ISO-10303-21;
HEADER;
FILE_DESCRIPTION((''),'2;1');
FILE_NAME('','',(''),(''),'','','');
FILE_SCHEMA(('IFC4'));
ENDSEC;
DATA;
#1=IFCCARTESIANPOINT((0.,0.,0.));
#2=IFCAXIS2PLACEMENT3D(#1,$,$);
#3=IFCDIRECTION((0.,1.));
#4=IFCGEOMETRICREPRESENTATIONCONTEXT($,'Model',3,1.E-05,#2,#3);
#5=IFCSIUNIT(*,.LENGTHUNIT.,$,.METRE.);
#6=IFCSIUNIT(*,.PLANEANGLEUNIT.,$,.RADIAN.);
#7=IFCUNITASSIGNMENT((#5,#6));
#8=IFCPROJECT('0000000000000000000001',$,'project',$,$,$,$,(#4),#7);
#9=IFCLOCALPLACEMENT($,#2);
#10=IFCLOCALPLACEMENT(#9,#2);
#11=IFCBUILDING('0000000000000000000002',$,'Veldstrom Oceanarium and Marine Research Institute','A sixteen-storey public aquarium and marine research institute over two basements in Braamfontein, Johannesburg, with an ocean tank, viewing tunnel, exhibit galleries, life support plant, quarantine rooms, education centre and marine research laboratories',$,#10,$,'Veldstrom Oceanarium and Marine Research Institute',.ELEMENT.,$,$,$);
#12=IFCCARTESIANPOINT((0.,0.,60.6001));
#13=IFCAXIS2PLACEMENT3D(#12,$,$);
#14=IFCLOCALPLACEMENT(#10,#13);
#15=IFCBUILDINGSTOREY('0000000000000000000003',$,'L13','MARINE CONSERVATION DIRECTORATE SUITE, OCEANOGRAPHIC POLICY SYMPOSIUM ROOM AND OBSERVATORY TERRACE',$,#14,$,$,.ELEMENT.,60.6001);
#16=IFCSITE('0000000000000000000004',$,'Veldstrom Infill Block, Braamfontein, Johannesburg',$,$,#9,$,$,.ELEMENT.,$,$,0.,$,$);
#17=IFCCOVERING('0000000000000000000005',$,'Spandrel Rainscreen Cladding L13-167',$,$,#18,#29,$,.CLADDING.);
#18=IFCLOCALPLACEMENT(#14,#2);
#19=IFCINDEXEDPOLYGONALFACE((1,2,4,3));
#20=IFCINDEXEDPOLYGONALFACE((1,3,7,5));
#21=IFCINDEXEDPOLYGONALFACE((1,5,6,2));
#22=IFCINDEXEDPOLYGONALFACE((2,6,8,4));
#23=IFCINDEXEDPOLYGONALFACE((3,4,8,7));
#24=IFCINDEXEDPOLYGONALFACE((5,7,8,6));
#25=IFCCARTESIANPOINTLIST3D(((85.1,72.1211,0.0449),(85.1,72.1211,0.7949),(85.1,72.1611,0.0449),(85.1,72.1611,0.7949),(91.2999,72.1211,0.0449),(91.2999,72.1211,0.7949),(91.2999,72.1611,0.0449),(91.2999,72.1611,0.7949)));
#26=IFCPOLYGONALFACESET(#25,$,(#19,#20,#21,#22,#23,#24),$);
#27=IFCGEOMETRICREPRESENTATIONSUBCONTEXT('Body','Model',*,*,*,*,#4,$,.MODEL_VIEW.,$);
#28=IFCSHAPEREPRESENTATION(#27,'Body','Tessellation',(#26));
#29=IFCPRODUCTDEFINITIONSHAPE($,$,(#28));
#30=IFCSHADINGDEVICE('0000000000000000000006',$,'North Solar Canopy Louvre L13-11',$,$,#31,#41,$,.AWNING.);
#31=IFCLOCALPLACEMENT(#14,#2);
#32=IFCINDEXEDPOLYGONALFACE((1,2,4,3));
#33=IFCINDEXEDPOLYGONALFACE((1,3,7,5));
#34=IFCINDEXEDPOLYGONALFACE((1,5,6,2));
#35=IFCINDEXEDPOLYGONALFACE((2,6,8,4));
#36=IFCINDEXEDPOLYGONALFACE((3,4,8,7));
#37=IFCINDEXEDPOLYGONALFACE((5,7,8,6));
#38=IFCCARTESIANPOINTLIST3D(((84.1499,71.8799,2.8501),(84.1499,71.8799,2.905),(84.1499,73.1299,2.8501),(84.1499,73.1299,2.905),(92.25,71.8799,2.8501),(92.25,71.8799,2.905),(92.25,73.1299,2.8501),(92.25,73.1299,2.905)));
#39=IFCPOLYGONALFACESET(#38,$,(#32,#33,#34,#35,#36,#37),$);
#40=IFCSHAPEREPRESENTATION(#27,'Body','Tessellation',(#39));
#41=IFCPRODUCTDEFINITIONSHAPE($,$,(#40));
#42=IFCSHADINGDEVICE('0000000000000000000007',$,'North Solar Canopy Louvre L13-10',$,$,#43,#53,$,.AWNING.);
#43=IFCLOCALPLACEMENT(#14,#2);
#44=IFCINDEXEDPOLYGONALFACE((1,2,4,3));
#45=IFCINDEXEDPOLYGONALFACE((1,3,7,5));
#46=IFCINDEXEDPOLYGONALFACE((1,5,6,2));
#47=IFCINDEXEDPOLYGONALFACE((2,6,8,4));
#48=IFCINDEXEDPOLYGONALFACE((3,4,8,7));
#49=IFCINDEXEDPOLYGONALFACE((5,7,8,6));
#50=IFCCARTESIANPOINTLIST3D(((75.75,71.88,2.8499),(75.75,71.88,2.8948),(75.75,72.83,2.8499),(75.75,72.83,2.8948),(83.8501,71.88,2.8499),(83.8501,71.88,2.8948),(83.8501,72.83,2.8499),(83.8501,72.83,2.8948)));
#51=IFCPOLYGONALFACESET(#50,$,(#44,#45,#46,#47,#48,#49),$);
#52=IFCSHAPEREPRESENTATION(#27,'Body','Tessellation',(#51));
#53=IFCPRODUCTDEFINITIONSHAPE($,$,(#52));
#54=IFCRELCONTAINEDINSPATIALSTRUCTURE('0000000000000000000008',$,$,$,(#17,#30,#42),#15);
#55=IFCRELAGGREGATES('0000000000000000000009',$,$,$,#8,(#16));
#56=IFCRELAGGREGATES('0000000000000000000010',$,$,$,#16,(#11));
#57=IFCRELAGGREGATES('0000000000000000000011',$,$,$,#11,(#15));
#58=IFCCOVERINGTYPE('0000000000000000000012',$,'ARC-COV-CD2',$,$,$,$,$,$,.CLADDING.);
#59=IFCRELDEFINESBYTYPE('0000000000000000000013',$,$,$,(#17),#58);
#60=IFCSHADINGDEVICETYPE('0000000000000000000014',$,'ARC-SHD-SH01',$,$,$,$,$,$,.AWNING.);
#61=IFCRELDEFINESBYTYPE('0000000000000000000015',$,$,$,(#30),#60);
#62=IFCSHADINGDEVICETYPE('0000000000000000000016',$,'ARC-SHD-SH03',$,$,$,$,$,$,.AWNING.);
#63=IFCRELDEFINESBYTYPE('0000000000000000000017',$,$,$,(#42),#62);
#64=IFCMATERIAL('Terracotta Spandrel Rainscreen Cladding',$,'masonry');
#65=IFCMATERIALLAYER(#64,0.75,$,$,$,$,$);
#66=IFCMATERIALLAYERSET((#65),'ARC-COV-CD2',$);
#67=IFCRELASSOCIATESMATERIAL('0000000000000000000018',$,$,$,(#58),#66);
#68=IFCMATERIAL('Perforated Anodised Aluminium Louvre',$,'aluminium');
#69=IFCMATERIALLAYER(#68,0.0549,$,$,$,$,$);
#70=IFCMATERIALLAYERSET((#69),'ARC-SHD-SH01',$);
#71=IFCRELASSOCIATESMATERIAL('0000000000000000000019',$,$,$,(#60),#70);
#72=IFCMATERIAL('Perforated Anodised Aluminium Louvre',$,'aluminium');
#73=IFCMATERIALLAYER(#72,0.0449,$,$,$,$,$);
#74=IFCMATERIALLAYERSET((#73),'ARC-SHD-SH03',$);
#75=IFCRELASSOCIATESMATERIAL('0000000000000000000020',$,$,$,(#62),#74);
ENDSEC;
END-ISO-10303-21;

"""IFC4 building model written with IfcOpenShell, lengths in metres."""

from ifc_helpers import new_model, si_unit, direction, frame, origin, origin_2d, place, context, subcontext, project, spatial, rectangle, extrude, material, layer, layer_set, type_object, element, save


model = new_model("IFC4")

# Units and contexts
model_context = context("Model", 3, precision=1e-05, world=origin(), true_north=direction((0.0, 1.0)))
body_context = subcontext(model_context, "Body", "Model", "MODEL_VIEW")
ifc_project = project(units=[si_unit("LENGTHUNIT", "METRE"), si_unit("PLANEANGLEUNIT", "RADIAN")], contexts=[model_context])

# Site, building, storey
site_placement = place(None, origin())
site = spatial("IfcSite", under=ifc_project, at=site_placement, Name="Veldstrom Infill Block, Braamfontein, Johannesburg", CompositionType="ELEMENT", RefElevation=0.0)
building_placement = place(site_placement, origin())
building = spatial("IfcBuilding", under=site, at=building_placement, Name="Veldstrom Oceanarium and Marine Research Institute", Description="A sixteen-storey public aquarium and marine research institute over two basements in Braamfontein, Johannesburg, with an ocean tank, viewing tunnel, exhibit galleries, life support plant, quarantine rooms, education centre and marine research laboratories", LongName="Veldstrom Oceanarium and Marine Research Institute", CompositionType="ELEMENT")
storey_placement = place(building_placement, frame((0.0, 0.0, 60.6001)))
storey = spatial("IfcBuildingStorey", under=building, at=storey_placement, Name="L13", Description="MARINE CONSERVATION DIRECTORATE SUITE, OCEANOGRAPHIC POLICY SYMPOSIUM ROOM AND OBSERVATORY TERRACE", CompositionType="ELEMENT", Elevation=60.6001)

# Covering
ifc_material_1 = material(Name="Terracotta Spandrel Rainscreen Cladding", Category="masonry")
ifc_layer_1 = layer(ifc_material_1, 0.75)
ifc_layer_set_1 = layer_set([ifc_layer_1], Name="ARC-COV-CD2")
covering_type_1 = type_object("IfcCoveringType", Name="ARC-COV-CD2", PredefinedType="CLADDING", material=ifc_layer_set_1)
covering_1_placement = place(storey_placement, frame((88.2, 72.1411, 0.0449), z_axis=(0.0, 0.0, 1.0), x_axis=(1.0, 0.0, 0.0)))
element("IfcCovering", 1, at=covering_1_placement, inside=storey, type_object=covering_type_1, Name="Spandrel Rainscreen Cladding L13-167", PredefinedType="CLADDING", context=body_context, shape_type="SweptSolid", body=[
    extrude(rectangle(XDim=6.2, YDim=0.04, at=origin_2d()), origin(), (0.0, 0.0, 1.0), 0.75),
])

# Shading devices
ifc_material_2 = material(Name="Perforated Anodised Aluminium Louvre", Category="aluminium")
ifc_layer_2 = layer(ifc_material_2, 0.0549)
ifc_layer_set_2 = layer_set([ifc_layer_2], Name="ARC-SHD-SH01")
shading_device_type_1 = type_object("IfcShadingDeviceType", Name="ARC-SHD-SH01", PredefinedType="AWNING", material=ifc_layer_set_2)
shading_device_1_placement = place(storey_placement, frame((88.2, 72.5049, 2.8501), z_axis=(0.0, 0.0, 1.0), x_axis=(1.0, 0.0, 0.0)))
element("IfcShadingDevice", 2, at=shading_device_1_placement, inside=storey, type_object=shading_device_type_1, Name="North Solar Canopy Louvre L13-11", PredefinedType="AWNING", context=body_context, shape_type="SweptSolid", body=[
    extrude(rectangle(XDim=8.1001, YDim=1.25, at=origin_2d()), origin(), (0.0, 0.0, 1.0), 0.0549),
])
ifc_material_3 = material(Name="Perforated Anodised Aluminium Louvre", Category="aluminium")
ifc_layer_3 = layer(ifc_material_3, 0.0449)
ifc_layer_set_3 = layer_set([ifc_layer_3], Name="ARC-SHD-SH03")
shading_device_type_2 = type_object("IfcShadingDeviceType", Name="ARC-SHD-SH03", PredefinedType="AWNING", material=ifc_layer_set_3)
shading_device_2_placement = place(storey_placement, frame((79.8, 72.355, 2.8499), z_axis=(0.0, 0.0, 1.0), x_axis=(1.0, 0.0, 0.0)))
element("IfcShadingDevice", 3, at=shading_device_2_placement, inside=storey, type_object=shading_device_type_2, Name="North Solar Canopy Louvre L13-10", PredefinedType="AWNING", context=body_context, shape_type="SweptSolid", body=[
    extrude(rectangle(XDim=8.1001, YDim=0.95, at=origin_2d()), origin(), (0.0, 0.0, 1.0), 0.0449),
])

save(model, "model.ifc")
